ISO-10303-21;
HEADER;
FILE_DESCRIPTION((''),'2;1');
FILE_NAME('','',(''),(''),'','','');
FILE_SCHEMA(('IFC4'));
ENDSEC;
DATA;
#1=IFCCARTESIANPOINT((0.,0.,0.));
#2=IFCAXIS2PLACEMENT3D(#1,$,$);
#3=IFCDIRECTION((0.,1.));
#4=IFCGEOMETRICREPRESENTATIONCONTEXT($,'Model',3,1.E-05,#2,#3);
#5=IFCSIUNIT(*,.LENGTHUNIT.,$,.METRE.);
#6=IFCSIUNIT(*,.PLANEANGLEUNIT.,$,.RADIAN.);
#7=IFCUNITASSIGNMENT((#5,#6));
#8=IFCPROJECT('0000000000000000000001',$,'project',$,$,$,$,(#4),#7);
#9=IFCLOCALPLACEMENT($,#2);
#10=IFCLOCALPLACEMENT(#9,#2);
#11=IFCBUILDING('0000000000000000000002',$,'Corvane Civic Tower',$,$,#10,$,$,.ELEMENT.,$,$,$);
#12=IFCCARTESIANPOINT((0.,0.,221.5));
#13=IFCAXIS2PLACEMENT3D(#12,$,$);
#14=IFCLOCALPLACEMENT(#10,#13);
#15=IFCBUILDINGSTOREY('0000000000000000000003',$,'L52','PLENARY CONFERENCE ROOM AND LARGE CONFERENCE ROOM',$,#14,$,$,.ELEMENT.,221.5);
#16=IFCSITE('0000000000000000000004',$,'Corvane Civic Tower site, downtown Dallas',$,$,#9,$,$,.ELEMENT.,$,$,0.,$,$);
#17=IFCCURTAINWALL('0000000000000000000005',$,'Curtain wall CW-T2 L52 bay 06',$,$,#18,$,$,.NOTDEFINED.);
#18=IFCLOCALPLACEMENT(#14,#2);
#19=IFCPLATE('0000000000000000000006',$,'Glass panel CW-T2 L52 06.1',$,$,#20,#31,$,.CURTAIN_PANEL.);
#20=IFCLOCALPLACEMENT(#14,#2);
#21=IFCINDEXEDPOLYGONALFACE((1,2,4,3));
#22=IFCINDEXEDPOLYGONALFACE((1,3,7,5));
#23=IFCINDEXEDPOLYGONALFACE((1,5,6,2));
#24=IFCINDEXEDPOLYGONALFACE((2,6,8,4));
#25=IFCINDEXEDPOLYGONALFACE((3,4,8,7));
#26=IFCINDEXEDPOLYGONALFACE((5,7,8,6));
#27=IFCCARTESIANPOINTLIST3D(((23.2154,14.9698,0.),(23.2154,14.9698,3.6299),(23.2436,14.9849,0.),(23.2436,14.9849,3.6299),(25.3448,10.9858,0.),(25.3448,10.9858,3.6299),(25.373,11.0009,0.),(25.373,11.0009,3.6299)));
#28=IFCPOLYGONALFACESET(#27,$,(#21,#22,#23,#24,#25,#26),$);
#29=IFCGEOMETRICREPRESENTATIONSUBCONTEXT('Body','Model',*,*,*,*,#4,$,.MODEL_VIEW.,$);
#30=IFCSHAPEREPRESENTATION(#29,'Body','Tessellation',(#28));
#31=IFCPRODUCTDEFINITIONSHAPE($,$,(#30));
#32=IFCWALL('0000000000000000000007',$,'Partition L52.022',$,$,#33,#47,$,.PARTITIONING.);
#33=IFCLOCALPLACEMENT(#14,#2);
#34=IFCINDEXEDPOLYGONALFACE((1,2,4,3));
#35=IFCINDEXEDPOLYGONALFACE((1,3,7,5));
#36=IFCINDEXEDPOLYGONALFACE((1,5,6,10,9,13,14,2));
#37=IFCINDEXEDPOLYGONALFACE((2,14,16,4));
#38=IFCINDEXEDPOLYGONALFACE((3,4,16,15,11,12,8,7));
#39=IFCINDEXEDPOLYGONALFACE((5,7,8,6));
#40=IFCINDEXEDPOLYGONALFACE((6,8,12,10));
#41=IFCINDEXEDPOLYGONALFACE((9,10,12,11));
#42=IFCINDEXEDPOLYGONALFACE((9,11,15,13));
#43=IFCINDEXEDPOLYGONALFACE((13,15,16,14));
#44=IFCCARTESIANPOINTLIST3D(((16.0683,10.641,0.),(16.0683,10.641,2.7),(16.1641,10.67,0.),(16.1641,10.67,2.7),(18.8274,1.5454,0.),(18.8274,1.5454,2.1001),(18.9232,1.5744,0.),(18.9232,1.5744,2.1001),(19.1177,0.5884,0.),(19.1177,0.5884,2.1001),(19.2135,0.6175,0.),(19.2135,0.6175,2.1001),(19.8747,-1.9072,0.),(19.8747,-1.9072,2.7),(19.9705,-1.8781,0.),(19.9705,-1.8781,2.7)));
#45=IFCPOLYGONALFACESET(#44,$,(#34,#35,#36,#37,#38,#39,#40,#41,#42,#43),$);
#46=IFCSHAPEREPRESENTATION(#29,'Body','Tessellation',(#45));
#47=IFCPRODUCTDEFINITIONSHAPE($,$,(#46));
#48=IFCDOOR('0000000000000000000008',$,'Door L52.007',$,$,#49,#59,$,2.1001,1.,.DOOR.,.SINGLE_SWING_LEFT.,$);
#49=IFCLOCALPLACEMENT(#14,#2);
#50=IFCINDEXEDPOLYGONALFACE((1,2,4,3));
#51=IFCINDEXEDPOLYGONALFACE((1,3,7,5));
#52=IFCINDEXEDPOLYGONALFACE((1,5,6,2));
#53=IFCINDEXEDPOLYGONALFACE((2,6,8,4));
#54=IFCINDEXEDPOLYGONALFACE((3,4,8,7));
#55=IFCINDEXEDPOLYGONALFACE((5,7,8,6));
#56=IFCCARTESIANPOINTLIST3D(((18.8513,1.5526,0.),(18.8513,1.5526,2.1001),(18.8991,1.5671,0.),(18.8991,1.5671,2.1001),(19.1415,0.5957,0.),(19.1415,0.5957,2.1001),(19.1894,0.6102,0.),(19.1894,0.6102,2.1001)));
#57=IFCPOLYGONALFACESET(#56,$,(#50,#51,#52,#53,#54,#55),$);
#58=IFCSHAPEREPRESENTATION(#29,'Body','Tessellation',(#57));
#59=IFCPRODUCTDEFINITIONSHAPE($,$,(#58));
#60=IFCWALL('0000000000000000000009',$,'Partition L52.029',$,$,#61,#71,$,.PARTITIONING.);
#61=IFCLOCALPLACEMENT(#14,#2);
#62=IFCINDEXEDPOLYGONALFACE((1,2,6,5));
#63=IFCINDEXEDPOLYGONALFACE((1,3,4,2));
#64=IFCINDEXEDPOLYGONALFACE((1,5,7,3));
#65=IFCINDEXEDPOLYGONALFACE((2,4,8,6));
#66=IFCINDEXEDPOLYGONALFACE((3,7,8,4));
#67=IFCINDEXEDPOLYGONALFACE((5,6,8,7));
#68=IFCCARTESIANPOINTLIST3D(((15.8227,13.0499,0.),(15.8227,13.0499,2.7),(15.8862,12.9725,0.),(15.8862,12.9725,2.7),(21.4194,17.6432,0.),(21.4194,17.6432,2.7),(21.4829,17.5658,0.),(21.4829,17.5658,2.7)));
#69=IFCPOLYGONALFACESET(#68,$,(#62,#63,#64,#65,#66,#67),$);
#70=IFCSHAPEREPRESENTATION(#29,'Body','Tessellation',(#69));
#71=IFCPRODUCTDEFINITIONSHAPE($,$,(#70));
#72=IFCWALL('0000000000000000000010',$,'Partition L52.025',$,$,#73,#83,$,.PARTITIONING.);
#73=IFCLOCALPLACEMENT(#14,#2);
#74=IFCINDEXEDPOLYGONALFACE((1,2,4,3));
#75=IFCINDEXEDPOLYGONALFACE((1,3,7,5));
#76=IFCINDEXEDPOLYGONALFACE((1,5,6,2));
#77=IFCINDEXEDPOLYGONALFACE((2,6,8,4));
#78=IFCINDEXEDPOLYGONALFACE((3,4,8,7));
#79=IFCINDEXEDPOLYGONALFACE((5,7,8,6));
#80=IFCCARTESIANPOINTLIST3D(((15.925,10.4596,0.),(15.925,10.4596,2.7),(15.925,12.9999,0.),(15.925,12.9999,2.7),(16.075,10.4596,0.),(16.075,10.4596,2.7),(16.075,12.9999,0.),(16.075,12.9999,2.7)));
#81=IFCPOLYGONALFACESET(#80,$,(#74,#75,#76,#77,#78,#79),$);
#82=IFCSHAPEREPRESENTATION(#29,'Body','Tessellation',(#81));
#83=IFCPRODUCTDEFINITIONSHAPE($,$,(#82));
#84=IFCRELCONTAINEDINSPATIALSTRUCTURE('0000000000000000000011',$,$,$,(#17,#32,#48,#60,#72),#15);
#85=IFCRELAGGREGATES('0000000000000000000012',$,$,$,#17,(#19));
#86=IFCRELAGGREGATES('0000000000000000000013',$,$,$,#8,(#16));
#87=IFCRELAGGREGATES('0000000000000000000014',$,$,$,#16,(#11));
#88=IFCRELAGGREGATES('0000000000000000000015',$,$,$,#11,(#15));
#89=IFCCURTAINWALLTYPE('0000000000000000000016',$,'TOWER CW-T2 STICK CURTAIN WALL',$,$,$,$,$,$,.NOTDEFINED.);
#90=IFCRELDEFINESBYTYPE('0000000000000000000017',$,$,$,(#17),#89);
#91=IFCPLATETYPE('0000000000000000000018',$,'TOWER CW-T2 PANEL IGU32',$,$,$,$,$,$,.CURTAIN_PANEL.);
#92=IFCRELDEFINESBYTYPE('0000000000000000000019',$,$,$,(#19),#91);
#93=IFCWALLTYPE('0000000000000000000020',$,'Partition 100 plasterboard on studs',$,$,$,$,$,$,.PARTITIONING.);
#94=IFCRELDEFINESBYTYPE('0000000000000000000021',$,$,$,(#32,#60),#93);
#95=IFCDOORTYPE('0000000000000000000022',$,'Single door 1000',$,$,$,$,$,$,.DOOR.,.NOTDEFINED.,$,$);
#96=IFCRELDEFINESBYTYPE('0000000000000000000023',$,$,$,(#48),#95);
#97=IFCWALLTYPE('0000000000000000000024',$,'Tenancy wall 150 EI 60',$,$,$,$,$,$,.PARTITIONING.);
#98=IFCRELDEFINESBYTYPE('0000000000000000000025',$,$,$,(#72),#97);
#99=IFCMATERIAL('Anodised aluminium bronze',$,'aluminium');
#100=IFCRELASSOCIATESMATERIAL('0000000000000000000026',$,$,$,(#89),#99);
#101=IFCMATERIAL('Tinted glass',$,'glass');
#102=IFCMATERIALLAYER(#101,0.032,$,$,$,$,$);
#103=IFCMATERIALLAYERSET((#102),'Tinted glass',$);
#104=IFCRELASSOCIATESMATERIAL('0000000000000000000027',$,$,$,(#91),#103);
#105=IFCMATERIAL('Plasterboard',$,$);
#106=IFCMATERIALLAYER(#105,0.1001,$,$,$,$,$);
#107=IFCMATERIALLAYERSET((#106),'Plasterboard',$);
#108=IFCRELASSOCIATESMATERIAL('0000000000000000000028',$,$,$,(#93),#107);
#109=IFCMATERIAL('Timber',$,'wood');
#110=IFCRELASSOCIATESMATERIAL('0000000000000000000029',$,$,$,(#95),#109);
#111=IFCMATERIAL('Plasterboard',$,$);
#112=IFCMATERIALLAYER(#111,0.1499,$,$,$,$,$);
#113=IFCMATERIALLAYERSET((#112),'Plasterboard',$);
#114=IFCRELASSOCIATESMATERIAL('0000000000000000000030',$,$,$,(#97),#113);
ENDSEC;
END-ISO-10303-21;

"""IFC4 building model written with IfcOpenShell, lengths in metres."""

from ifc_helpers import new_model, si_unit, direction, frame, frame_2d, origin, origin_2d, place, context, subcontext, project, spatial, rectangle, extrude, material, layer, layer_set, type_object, element, fill, aggregate, save


model = new_model("IFC4")

# Units and contexts
model_context = context("Model", 3, precision=1e-05, world=origin(), true_north=direction((0.0, 1.0)))
body_context = subcontext(model_context, "Body", "Model", "MODEL_VIEW")
ifc_project = project(units=[si_unit("LENGTHUNIT", "METRE"), si_unit("PLANEANGLEUNIT", "RADIAN")], contexts=[model_context])

# Site, building, storey
site_placement = place(None, origin())
site = spatial("IfcSite", under=ifc_project, at=site_placement, Name="Corvane Civic Tower site, downtown Dallas", CompositionType="ELEMENT", RefElevation=0.0)
building_placement = place(site_placement, origin())
building = spatial("IfcBuilding", under=site, at=building_placement, Name="Corvane Civic Tower", CompositionType="ELEMENT")
storey_placement = place(building_placement, frame((0.0, 0.0, 221.5)))
storey = spatial("IfcBuildingStorey", under=building, at=storey_placement, Name="L52", Description="PLENARY CONFERENCE ROOM AND LARGE CONFERENCE ROOM", CompositionType="ELEMENT", Elevation=221.5)

# Curtain wall
ifc_material_1 = material(Name="Anodised aluminium bronze", Category="aluminium")
curtain_wall_type = type_object("IfcCurtainWallType", Name="TOWER CW-T2 STICK CURTAIN WALL", PredefinedType="NOTDEFINED", material=ifc_material_1)
curtain_wall_1_placement = place(storey_placement, origin())
curtain_wall_1 = element("IfcCurtainWall", 1, at=curtain_wall_1_placement, inside=storey, type_object=curtain_wall_type, Name="Curtain wall CW-T2 L52 bay 06", PredefinedType="NOTDEFINED")

# Plate
ifc_material_2 = material(Name="Tinted glass", Category="glass")
ifc_layer_1 = layer(ifc_material_2, 0.032)
ifc_layer_set_1 = layer_set([ifc_layer_1], Name="Tinted glass")
plate_type = type_object("IfcPlateType", Name="TOWER CW-T2 PANEL IGU32", PredefinedType="CURTAIN_PANEL", material=ifc_layer_set_1)
plate_1_placement = place(storey_placement, frame((24.2942, 12.9854, 0.0), z_axis=(0.0, 0.0, 1.0), x_axis=(0.471398, -0.88192, 0.0)))
plate_1 = element("IfcPlate", 2, at=plate_1_placement, type_object=plate_type, Name="Glass panel CW-T2 L52 06.1", PredefinedType="CURTAIN_PANEL", context=body_context, shape_type="SweptSolid", body=[
    extrude(rectangle(XDim=4.5173, YDim=0.032, at=origin_2d()), origin(), (0.0, 0.0, 1.0), 3.6299),
])
aggregate(curtain_wall_1, [plate_1])

# Wall, opening, door
ifc_material_3 = material(Name="Plasterboard")
ifc_layer_2 = layer(ifc_material_3, 0.1001)
ifc_layer_set_2 = layer_set([ifc_layer_2], Name="Plasterboard")
wall_type_1 = type_object("IfcWallType", Name="Partition 100 plasterboard on studs", PredefinedType="PARTITIONING", material=ifc_layer_set_2)
wall_1_placement = place(storey_placement, frame((16.1162, 10.6555, 0.0), z_axis=(0.0, 0.0, 1.0), x_axis=(0.290283, -0.956941, 0.0)))
wall_1 = element("IfcWall", 3, at=wall_1_placement, inside=storey, type_object=wall_type_1, Name="Partition L52.022", PredefinedType="PARTITIONING", context=body_context, shape_type="SweptSolid", body=[
    extrude(rectangle(XDim=13.1128, YDim=0.1001, at=frame_2d((6.5564, 0.0))), origin(), (0.0, 0.0, 1.0), 2.7),
])
opening_placement = place(wall_1_placement, frame((9.5049, 0.0, 0.0)))
opening = element("IfcOpeningElement", 4, at=opening_placement, cuts=wall_1, PredefinedType="OPENING", context=body_context, shape_type="SweptSolid", body=[
    extrude(rectangle(XDim=1.0, YDim=2.1001, at=frame_2d((0.5, 1.05))), frame((0.0, 0.0601, 0.0), z_axis=(0.0, -1.0, 0.0), x_axis=(1.0, 0.0, 0.0)), (0.0, 0.0, 1.0), 0.1201),
])
ifc_material_4 = material(Name="Timber", Category="wood")
door_type = type_object("IfcDoorType", Name="Single door 1000", OperationType="NOTDEFINED", PredefinedType="DOOR", material=ifc_material_4)
door_placement = place(opening_placement, origin())
door = element("IfcDoor", 5, at=door_placement, inside=storey, type_object=door_type, Name="Door L52.007", OperationType="SINGLE_SWING_LEFT", OverallHeight=2.1001, OverallWidth=1.0, PredefinedType="DOOR", context=body_context, shape_type="SweptSolid", body=[
    extrude(rectangle(XDim=1.0, YDim=2.1001, at=frame_2d((0.5, 1.05))), frame((0.0, 0.0249, 0.0), z_axis=(0.0, -1.0, 0.0), x_axis=(1.0, 0.0, 0.0)), (0.0, 0.0, 1.0), 0.05),
])
fill(opening, door)

# Walls
wall_2_placement = place(storey_placement, frame((15.8545, 13.0112, 0.0), z_axis=(0.0, 0.0, 1.0), x_axis=(0.772998, 0.634409, 0.0)))
element("IfcWall", 6, at=wall_2_placement, inside=storey, type_object=wall_type_1, Name="Partition L52.029", PredefinedType="PARTITIONING", context=body_context, shape_type="SweptSolid", body=[
    extrude(rectangle(XDim=7.2402, YDim=0.1001, at=frame_2d((3.6201, 0.0))), origin(), (0.0, 0.0, 1.0), 2.7),
])
ifc_material_5 = material(Name="Plasterboard")
ifc_layer_3 = layer(ifc_material_5, 0.1499)
ifc_layer_set_3 = layer_set([ifc_layer_3], Name="Plasterboard")
wall_type_2 = type_object("IfcWallType", Name="Tenancy wall 150 EI 60", PredefinedType="PARTITIONING", material=ifc_layer_set_3)
wall_3_placement = place(storey_placement, frame((16.0, 10.4597, 0.0), z_axis=(0.0, 0.0, 1.0), x_axis=(0.0, 1.0, 0.0)))
element("IfcWall", 7, at=wall_3_placement, inside=storey, type_object=wall_type_2, Name="Partition L52.025", PredefinedType="PARTITIONING", context=body_context, shape_type="SweptSolid", body=[
    extrude(rectangle(XDim=2.5403, YDim=0.1499, at=frame_2d((1.27, 0.0))), origin(), (0.0, 0.0, 1.0), 2.7),
])

save(model, "model.ifc")
